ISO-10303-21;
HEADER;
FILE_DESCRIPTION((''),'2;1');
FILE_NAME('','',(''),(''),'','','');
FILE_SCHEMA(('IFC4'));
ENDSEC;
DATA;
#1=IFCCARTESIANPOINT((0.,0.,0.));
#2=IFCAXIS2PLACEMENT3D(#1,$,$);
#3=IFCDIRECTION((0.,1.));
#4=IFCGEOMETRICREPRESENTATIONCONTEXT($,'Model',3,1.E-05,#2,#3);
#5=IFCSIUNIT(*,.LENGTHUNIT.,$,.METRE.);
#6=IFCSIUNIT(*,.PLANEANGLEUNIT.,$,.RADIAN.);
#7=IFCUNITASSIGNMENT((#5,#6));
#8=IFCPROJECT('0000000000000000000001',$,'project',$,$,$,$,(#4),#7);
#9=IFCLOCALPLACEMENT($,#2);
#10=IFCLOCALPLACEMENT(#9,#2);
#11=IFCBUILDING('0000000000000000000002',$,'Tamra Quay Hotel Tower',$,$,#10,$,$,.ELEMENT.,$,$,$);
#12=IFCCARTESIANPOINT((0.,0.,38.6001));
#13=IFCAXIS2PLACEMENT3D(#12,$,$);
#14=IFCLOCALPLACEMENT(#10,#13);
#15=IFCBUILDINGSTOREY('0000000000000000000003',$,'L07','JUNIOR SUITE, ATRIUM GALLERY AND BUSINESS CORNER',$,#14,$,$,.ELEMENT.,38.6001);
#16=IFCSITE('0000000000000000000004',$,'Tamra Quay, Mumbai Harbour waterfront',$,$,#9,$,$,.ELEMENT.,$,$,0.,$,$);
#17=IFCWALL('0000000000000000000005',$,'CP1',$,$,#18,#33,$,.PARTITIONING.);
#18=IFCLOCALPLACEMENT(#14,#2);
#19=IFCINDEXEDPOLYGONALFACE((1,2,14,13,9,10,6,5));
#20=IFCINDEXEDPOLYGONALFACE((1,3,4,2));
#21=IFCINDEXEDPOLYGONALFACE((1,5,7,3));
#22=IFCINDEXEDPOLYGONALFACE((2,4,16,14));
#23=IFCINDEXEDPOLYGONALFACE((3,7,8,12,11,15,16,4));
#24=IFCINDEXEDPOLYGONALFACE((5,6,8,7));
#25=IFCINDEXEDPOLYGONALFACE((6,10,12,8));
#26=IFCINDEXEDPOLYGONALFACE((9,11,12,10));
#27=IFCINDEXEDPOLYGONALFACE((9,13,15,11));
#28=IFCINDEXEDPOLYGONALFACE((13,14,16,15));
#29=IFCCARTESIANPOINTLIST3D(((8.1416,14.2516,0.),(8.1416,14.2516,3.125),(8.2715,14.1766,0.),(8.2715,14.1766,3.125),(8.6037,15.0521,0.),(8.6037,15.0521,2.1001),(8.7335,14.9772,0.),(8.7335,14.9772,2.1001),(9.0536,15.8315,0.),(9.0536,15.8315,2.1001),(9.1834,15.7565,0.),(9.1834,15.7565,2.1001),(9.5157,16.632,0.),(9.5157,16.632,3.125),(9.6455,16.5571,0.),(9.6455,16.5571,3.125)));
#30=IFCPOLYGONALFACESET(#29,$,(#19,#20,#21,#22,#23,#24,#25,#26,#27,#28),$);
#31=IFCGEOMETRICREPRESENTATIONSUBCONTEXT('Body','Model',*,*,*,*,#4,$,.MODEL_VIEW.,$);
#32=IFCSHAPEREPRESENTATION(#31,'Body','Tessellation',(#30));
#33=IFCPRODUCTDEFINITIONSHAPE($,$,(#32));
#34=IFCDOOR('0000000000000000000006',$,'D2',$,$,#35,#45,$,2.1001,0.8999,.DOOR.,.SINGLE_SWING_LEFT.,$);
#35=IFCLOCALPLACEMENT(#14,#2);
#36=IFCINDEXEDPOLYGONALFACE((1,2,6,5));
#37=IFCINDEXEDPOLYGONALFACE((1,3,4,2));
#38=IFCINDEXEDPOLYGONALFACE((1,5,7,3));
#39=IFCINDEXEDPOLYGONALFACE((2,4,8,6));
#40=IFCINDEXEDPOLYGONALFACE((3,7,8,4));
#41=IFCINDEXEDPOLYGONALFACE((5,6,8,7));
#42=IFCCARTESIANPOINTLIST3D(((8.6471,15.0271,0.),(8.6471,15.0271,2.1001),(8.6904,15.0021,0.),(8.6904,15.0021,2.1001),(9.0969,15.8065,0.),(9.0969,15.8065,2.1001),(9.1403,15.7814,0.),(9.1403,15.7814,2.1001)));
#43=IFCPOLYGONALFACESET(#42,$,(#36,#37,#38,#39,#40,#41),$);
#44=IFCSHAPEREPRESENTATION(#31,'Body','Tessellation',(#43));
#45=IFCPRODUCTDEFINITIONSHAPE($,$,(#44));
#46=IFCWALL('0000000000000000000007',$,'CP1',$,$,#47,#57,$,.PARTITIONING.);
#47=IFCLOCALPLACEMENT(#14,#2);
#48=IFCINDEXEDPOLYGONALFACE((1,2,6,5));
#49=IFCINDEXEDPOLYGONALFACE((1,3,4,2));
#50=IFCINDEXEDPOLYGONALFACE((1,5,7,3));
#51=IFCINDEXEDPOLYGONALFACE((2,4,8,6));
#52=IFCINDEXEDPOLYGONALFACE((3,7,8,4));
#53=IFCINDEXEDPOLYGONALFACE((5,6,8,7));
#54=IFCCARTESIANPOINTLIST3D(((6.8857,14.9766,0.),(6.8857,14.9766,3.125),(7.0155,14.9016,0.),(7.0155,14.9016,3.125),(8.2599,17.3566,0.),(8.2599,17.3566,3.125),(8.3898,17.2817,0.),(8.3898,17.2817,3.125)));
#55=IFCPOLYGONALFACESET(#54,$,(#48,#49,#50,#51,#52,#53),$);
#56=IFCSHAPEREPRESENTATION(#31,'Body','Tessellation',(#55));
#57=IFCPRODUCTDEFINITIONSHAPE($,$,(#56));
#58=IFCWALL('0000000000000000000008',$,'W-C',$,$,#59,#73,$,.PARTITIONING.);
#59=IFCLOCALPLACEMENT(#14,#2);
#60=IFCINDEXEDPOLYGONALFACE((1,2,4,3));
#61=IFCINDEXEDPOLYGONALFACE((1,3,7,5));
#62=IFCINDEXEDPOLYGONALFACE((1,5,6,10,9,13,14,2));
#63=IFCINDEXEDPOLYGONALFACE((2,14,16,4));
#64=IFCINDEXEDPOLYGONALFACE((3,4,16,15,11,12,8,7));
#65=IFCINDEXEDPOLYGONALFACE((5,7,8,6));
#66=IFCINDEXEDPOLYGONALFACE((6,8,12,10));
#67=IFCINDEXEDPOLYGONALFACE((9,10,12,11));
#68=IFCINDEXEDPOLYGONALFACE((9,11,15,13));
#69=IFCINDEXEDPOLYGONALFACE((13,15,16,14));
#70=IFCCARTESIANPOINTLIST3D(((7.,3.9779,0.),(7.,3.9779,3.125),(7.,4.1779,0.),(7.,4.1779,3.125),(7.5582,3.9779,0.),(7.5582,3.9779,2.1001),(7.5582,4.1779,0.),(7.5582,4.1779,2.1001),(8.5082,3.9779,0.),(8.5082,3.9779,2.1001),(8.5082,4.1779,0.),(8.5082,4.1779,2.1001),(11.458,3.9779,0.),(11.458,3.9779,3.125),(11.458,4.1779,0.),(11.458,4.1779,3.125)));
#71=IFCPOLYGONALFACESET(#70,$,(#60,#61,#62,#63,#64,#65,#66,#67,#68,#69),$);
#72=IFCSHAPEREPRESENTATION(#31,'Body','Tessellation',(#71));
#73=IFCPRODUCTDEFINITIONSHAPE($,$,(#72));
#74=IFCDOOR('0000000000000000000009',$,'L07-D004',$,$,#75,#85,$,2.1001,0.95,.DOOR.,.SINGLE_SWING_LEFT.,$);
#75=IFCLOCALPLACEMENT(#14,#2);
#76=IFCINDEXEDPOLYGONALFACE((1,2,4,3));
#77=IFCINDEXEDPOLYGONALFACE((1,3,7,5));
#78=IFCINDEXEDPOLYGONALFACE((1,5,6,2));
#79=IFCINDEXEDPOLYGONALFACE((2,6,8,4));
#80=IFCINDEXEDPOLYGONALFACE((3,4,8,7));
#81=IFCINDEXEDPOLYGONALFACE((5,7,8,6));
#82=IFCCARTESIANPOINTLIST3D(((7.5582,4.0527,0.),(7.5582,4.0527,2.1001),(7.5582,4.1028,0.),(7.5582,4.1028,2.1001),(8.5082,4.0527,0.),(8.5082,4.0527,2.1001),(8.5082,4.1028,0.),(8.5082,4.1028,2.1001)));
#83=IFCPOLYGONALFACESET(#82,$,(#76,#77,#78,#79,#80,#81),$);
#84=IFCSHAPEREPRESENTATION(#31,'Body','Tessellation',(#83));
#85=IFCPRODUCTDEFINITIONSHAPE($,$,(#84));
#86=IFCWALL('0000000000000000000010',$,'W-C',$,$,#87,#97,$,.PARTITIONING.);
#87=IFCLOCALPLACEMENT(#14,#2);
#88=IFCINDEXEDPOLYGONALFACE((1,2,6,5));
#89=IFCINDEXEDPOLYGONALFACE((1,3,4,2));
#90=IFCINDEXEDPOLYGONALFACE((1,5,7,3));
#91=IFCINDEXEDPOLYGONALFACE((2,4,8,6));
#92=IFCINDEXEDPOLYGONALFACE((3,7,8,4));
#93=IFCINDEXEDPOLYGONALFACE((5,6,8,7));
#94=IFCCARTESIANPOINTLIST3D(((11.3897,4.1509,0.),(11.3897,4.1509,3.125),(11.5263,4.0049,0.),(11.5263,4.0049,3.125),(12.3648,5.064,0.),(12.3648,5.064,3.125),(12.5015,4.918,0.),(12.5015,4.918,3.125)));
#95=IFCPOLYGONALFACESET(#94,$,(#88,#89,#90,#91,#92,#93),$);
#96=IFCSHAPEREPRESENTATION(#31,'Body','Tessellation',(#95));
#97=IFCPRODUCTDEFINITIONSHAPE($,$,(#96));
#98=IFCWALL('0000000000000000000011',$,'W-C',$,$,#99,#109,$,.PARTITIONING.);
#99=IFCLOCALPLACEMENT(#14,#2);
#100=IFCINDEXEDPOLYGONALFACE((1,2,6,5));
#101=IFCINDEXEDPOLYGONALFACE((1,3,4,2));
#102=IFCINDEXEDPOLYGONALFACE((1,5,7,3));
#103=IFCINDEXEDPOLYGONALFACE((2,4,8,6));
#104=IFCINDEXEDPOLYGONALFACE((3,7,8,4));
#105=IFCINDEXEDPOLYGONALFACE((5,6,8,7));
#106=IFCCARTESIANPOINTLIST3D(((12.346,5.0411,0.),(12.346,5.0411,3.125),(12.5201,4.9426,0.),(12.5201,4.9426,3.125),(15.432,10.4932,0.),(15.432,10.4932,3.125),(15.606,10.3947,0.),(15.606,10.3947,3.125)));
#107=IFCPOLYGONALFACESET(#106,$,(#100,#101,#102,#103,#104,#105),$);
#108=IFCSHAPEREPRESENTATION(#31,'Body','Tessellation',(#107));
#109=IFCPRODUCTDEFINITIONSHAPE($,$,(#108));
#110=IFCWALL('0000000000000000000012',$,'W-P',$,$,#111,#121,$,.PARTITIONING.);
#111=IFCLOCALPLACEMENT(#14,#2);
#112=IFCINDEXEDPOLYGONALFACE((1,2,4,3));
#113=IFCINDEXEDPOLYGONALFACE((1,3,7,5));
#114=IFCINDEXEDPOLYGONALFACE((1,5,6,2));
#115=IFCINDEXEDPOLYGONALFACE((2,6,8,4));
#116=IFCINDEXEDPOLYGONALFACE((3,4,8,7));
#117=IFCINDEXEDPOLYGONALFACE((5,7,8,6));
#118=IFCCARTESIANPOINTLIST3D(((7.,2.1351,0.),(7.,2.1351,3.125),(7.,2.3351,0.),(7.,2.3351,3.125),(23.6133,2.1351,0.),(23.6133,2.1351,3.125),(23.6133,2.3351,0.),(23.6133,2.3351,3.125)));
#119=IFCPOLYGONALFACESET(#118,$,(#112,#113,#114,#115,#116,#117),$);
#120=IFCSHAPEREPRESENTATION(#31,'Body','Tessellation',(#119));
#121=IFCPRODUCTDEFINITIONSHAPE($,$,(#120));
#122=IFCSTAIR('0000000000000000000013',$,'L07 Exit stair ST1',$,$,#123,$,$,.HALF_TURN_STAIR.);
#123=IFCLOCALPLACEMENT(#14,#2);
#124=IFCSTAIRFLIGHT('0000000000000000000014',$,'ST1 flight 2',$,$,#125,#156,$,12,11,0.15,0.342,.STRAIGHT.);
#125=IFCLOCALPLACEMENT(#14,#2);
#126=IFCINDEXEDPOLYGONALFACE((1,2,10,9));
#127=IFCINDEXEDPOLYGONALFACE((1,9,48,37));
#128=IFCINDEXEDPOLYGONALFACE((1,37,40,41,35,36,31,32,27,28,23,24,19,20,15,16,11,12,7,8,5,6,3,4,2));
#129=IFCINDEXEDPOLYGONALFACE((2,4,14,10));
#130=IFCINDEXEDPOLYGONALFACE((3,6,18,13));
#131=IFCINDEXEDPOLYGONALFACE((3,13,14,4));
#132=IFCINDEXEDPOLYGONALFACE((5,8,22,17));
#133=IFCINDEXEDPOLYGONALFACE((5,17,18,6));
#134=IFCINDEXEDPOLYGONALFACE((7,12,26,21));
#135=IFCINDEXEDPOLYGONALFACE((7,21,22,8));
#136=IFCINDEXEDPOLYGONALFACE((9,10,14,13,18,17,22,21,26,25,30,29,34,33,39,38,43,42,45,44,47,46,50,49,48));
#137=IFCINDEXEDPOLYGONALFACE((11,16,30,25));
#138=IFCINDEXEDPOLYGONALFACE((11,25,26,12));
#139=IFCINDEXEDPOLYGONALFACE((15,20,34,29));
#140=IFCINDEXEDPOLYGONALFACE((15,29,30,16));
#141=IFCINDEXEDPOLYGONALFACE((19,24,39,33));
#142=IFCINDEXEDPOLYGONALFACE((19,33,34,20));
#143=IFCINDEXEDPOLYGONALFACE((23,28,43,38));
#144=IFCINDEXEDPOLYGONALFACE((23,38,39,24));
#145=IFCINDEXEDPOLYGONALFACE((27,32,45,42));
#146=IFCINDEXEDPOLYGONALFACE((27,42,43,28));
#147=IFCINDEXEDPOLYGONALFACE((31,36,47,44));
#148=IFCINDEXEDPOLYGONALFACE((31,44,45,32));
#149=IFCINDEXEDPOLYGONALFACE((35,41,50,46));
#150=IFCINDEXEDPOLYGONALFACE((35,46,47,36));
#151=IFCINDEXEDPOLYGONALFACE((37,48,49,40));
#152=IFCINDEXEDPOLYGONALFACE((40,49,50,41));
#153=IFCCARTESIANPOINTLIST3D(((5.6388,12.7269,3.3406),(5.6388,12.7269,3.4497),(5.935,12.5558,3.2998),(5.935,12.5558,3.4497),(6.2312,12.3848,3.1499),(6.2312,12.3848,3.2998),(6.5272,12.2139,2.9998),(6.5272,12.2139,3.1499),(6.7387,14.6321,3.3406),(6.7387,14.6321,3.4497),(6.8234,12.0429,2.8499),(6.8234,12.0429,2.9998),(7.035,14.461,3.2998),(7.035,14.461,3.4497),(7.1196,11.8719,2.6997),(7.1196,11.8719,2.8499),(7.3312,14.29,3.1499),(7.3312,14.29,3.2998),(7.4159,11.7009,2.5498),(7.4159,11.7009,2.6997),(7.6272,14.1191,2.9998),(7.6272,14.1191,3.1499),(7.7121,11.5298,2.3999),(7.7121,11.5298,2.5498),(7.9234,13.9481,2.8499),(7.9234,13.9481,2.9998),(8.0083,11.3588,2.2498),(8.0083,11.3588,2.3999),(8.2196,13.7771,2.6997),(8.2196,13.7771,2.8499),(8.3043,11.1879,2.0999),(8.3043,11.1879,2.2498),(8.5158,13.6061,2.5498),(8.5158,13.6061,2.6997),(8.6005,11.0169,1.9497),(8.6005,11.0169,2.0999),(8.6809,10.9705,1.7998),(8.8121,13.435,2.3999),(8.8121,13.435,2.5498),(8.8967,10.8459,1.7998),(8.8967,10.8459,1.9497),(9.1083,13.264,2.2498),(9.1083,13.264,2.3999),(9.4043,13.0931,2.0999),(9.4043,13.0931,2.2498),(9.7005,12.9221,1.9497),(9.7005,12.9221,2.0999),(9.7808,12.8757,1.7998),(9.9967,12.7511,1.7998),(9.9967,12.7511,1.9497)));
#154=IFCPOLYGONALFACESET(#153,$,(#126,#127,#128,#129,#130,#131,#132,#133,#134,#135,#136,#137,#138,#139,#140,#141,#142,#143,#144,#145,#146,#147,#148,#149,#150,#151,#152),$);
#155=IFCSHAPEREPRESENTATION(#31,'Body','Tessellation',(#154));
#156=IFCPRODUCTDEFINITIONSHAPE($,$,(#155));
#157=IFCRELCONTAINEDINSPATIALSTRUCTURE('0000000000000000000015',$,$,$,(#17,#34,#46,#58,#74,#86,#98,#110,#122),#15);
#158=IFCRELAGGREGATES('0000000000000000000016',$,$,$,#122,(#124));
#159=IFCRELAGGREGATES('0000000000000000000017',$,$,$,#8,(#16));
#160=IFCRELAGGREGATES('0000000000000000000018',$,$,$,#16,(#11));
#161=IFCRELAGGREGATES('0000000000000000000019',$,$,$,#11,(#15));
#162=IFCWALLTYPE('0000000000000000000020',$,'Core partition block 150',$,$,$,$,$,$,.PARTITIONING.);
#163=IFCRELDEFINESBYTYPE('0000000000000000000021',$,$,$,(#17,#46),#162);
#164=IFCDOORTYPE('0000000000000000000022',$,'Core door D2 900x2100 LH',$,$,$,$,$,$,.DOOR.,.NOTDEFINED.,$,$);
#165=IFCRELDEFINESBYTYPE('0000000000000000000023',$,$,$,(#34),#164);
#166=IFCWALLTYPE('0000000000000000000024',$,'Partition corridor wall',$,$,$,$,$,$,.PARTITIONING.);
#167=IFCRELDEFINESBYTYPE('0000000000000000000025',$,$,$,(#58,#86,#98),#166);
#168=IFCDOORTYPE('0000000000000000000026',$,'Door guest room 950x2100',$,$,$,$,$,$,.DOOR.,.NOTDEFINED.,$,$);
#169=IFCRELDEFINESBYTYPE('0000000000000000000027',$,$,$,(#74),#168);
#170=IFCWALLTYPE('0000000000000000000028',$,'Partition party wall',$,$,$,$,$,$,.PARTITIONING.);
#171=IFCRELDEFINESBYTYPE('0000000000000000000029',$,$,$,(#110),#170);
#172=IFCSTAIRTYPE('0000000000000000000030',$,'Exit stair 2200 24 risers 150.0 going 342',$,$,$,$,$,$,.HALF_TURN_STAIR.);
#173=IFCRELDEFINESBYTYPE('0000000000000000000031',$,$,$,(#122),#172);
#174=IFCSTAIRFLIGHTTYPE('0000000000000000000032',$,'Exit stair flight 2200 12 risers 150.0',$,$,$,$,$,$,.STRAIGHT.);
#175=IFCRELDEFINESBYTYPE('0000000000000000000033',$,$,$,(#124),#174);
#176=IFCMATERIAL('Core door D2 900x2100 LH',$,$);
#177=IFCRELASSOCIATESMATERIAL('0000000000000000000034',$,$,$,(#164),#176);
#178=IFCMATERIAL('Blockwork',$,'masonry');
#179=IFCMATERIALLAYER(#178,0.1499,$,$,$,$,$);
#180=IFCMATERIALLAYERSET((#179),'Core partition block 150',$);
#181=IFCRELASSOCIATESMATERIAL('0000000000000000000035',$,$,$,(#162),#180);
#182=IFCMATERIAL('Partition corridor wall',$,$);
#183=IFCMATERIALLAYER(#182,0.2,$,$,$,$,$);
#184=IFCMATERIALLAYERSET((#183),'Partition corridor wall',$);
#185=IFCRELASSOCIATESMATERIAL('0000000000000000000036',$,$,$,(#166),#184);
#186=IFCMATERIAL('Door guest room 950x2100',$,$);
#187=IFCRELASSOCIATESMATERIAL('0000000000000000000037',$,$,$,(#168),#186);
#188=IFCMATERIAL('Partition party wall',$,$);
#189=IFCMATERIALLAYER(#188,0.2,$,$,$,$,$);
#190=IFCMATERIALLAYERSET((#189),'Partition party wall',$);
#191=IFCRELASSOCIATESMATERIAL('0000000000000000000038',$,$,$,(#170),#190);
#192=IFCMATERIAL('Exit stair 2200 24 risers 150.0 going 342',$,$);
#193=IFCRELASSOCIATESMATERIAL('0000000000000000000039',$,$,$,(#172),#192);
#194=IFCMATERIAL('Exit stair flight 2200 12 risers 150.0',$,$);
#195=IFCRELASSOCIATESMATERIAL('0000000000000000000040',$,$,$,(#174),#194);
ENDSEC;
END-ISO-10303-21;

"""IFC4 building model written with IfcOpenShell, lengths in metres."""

from ifc_helpers import new_model, si_unit, direction, frame, frame_2d, origin, place, context, subcontext, project, spatial, polyline, rectangle, outline, extrude, material, layer, layer_set, type_object, element, fill, aggregate, save


model = new_model("IFC4")

# Units and contexts
model_context = context("Model", 3, precision=1e-05, world=origin(), true_north=direction((0.0, 1.0)))
body_context = subcontext(model_context, "Body", "Model", "MODEL_VIEW")
ifc_project = project(units=[si_unit("LENGTHUNIT", "METRE"), si_unit("PLANEANGLEUNIT", "RADIAN")], contexts=[model_context])

# Site, building, storey
site_placement = place(None, origin())
site = spatial("IfcSite", under=ifc_project, at=site_placement, Name="Tamra Quay, Mumbai Harbour waterfront", CompositionType="ELEMENT", RefElevation=0.0)
building_placement = place(site_placement, origin())
building = spatial("IfcBuilding", under=site, at=building_placement, Name="Tamra Quay Hotel Tower", CompositionType="ELEMENT")
storey_placement = place(building_placement, frame((0.0, 0.0, 38.6001)))
storey = spatial("IfcBuildingStorey", under=building, at=storey_placement, Name="L07", Description="JUNIOR SUITE, ATRIUM GALLERY AND BUSINESS CORNER", CompositionType="ELEMENT", Elevation=38.6001)

# Shared definitions
ifc_material_1 = material(Name="Core door D2 900x2100 LH")
door_type_1 = type_object("IfcDoorType", Name="Core door D2 900x2100 LH", OperationType="NOTDEFINED", PredefinedType="DOOR", material=ifc_material_1)

# Wall, opening, door
ifc_material_2 = material(Name="Blockwork", Category="masonry")
ifc_layer_1 = layer(ifc_material_2, 0.1499)
ifc_layer_set_1 = layer_set([ifc_layer_1], Name="Core partition block 150")
wall_type_1 = type_object("IfcWallType", Name="Core partition block 150", PredefinedType="PARTITIONING", material=ifc_layer_set_1)
wall_1_placement = place(storey_placement, frame((8.2065, 14.2141, 0.0), z_axis=(0.0, 0.0, 1.0), x_axis=(0.499922, 0.86607, 0.0)))
wall_1 = element("IfcWall", 1, at=wall_1_placement, inside=storey, type_object=wall_type_1, Name="CP1", PredefinedType="PARTITIONING", context=body_context, shape_type="SweptSolid", body=[
    extrude(rectangle(XDim=2.7485, YDim=0.1499, at=frame_2d((1.3743, 0.0))), origin(), (0.0, 0.0, 1.0), 3.125),
])
opening_1_placement = place(wall_1_placement, frame((0.9243, 0.0, 0.0)))
opening_1 = element("IfcOpeningElement", 2, at=opening_1_placement, cuts=wall_1, PredefinedType="OPENING", context=body_context, shape_type="SweptSolid", body=[
    extrude(rectangle(XDim=0.8999, YDim=2.1001, at=frame_2d((0.45, 1.05))), frame((0.0, 0.085, 0.0), z_axis=(0.0, -1.0, 0.0), x_axis=(1.0, 0.0, 0.0)), (0.0, 0.0, 1.0), 0.1699),
])
door_1_placement = place(opening_1_placement, origin())
door_1 = element("IfcDoor", 3, at=door_1_placement, inside=storey, type_object=door_type_1, Name="D2", OperationType="SINGLE_SWING_LEFT", OverallHeight=2.1001, OverallWidth=0.8999, PredefinedType="DOOR", context=body_context, shape_type="SweptSolid", body=[
    extrude(rectangle(XDim=0.8999, YDim=2.1001, at=frame_2d((0.45, 1.05))), frame((0.0, 0.0249, 0.0), z_axis=(0.0, -1.0, 0.0), x_axis=(1.0, 0.0, 0.0)), (0.0, 0.0, 1.0), 0.05),
])
fill(opening_1, door_1)

# Wall
wall_2_placement = place(storey_placement, frame((6.9507, 14.9392, 0.0), z_axis=(0.0, 0.0, 1.0), x_axis=(0.500027, 0.86601, 0.0)))
element("IfcWall", 4, at=wall_2_placement, inside=storey, type_object=wall_type_1, Name="CP1", PredefinedType="PARTITIONING", context=body_context, shape_type="SweptSolid", body=[
    extrude(rectangle(XDim=2.7483, YDim=0.1499, at=frame_2d((1.374, 0.0))), origin(), (0.0, 0.0, 1.0), 3.125),
])

# Wall, opening, door
ifc_material_3 = material(Name="Partition corridor wall")
ifc_layer_2 = layer(ifc_material_3, 0.2)
ifc_layer_set_2 = layer_set([ifc_layer_2], Name="Partition corridor wall")
wall_type_2 = type_object("IfcWallType", Name="Partition corridor wall", PredefinedType="PARTITIONING", material=ifc_layer_set_2)
wall_3_placement = place(storey_placement, frame((7.0, 4.0779, 0.0), z_axis=(0.0, 0.0, 1.0), x_axis=(1.0, 0.0, 0.0)))
wall_3 = element("IfcWall", 5, at=wall_3_placement, inside=storey, type_object=wall_type_2, Name="W-C", PredefinedType="PARTITIONING", context=body_context, shape_type="SweptSolid", body=[
    extrude(rectangle(XDim=4.458, YDim=0.2, at=frame_2d((2.229, 0.0))), origin(), (0.0, 0.0, 1.0), 3.125),
])
opening_2_placement = place(wall_3_placement, frame((0.5581, 0.0, 0.0)))
opening_2 = element("IfcOpeningElement", 6, at=opening_2_placement, cuts=wall_3, PredefinedType="OPENING", context=body_context, shape_type="SweptSolid", body=[
    extrude(rectangle(XDim=0.95, YDim=2.1001, at=frame_2d((0.4751, 1.05))), frame((0.0, 0.1099, 0.0), z_axis=(0.0, -1.0, 0.0), x_axis=(1.0, 0.0, 0.0)), (0.0, 0.0, 1.0), 0.22),
])
ifc_material_4 = material(Name="Door guest room 950x2100")
door_type_2 = type_object("IfcDoorType", Name="Door guest room 950x2100", OperationType="NOTDEFINED", PredefinedType="DOOR", material=ifc_material_4)
door_2_placement = place(opening_2_placement, origin())
door_2 = element("IfcDoor", 7, at=door_2_placement, inside=storey, type_object=door_type_2, Name="L07-D004", OperationType="SINGLE_SWING_LEFT", OverallHeight=2.1001, OverallWidth=0.95, PredefinedType="DOOR", context=body_context, shape_type="SweptSolid", body=[
    extrude(rectangle(XDim=0.95, YDim=2.1001, at=frame_2d((0.4751, 1.05))), frame((0.0, 0.0249, 0.0), z_axis=(0.0, -1.0, 0.0), x_axis=(1.0, 0.0, 0.0)), (0.0, 0.0, 1.0), 0.05),
])
fill(opening_2, door_2)

# Walls
wall_4_placement = place(storey_placement, frame((11.458, 4.0779, 0.0), z_axis=(0.0, 0.0, 1.0), x_axis=(0.729936, 0.683515, 0.0)))
element("IfcWall", 8, at=wall_4_placement, inside=storey, type_object=wall_type_2, Name="W-C", PredefinedType="PARTITIONING", context=body_context, shape_type="SweptSolid", body=[
    extrude(rectangle(XDim=1.3359, YDim=0.2, at=frame_2d((0.668, 0.0))), origin(), (0.0, 0.0, 1.0), 3.125),
])
wall_5_placement = place(storey_placement, frame((12.4331, 4.9919, 0.0), z_axis=(0.0, 0.0, 1.0), x_axis=(0.492576, 0.870269, 0.0)))
element("IfcWall", 9, at=wall_5_placement, inside=storey, type_object=wall_type_2, Name="W-C", PredefinedType="PARTITIONING", context=body_context, shape_type="SweptSolid", body=[
    extrude(rectangle(XDim=6.2649, YDim=0.2, at=frame_2d((3.1323, 0.0))), origin(), (0.0, 0.0, 1.0), 3.125),
])
ifc_material_5 = material(Name="Partition party wall")
ifc_layer_3 = layer(ifc_material_5, 0.2)
ifc_layer_set_3 = layer_set([ifc_layer_3], Name="Partition party wall")
wall_type_3 = type_object("IfcWallType", Name="Partition party wall", PredefinedType="PARTITIONING", material=ifc_layer_set_3)
wall_6_placement = place(storey_placement, frame((7.0, 2.2351, 0.0), z_axis=(0.0, 0.0, 1.0), x_axis=(1.0, 0.0, 0.0)))
element("IfcWall", 10, at=wall_6_placement, inside=storey, type_object=wall_type_3, Name="W-P", PredefinedType="PARTITIONING", context=body_context, shape_type="SweptSolid", body=[
    extrude(rectangle(XDim=16.6133, YDim=0.2, at=frame_2d((8.3066, 0.0))), origin(), (0.0, 0.0, 1.0), 3.125),
])

# Stair, stair flight
ifc_material_6 = material(Name="Exit stair 2200 24 risers 150.0 going 342")
stair_type = type_object("IfcStairType", Name="Exit stair 2200 24 risers 150.0 going 342", PredefinedType="HALF_TURN_STAIR", material=ifc_material_6)
stair_placement = place(storey_placement, origin())
stair = element("IfcStair", 11, at=stair_placement, inside=storey, type_object=stair_type, Name="L07 Exit stair ST1", PredefinedType="HALF_TURN_STAIR")
ifc_material_7 = material(Name="Exit stair flight 2200 12 risers 150.0")
stair_flight_type = type_object("IfcStairFlightType", Name="Exit stair flight 2200 12 risers 150.0", PredefinedType="STRAIGHT", material=ifc_material_7)
stair_flight_placement = place(storey_placement, frame((9.4468, 11.7986, 1.7998), z_axis=(0.0, 0.0, 1.0), x_axis=(-0.866025, 0.5, 0.0)))
stair_flight = element("IfcStairFlight", 12, at=stair_flight_placement, type_object=stair_flight_type, Name="ST1 flight 2", NumberOfRisers=12, NumberOfTreads=11, PredefinedType="STRAIGHT", RiserHeight=0.15, TreadLength=0.342, context=body_context, shape_type="SweptSolid", body=[
    extrude(outline(polyline([(0.0, 0.0), (0.0, 0.1499), (0.342, 0.1499), (0.342, 0.3), (0.6841, 0.3), (0.6841, 0.45), (1.0259, 0.45), (1.0259, 0.6001), (1.3679, 0.6001), (1.3679, 0.75), (1.71, 0.75), (1.71, 0.8999), (2.052, 0.8999), (2.052, 1.05), (2.394, 1.05), (2.394, 1.2), (2.7361, 1.2), (2.7361, 1.3501), (3.0779, 1.3501), (3.0779, 1.5), (3.4199, 1.5), (3.4199, 1.6499), (3.762, 1.6499), (3.762, 1.8), (3.762, 1.5408), (0.2493, 0.0), (0.0, 0.0)])), frame((0.0, 1.1001, 0.0), z_axis=(0.0, -1.0, 0.0), x_axis=(1.0, 0.0, 0.0)), (0.0, 0.0, 1.0), 2.2),
])
aggregate(stair, [stair_flight])

save(model, "model.ifc")
